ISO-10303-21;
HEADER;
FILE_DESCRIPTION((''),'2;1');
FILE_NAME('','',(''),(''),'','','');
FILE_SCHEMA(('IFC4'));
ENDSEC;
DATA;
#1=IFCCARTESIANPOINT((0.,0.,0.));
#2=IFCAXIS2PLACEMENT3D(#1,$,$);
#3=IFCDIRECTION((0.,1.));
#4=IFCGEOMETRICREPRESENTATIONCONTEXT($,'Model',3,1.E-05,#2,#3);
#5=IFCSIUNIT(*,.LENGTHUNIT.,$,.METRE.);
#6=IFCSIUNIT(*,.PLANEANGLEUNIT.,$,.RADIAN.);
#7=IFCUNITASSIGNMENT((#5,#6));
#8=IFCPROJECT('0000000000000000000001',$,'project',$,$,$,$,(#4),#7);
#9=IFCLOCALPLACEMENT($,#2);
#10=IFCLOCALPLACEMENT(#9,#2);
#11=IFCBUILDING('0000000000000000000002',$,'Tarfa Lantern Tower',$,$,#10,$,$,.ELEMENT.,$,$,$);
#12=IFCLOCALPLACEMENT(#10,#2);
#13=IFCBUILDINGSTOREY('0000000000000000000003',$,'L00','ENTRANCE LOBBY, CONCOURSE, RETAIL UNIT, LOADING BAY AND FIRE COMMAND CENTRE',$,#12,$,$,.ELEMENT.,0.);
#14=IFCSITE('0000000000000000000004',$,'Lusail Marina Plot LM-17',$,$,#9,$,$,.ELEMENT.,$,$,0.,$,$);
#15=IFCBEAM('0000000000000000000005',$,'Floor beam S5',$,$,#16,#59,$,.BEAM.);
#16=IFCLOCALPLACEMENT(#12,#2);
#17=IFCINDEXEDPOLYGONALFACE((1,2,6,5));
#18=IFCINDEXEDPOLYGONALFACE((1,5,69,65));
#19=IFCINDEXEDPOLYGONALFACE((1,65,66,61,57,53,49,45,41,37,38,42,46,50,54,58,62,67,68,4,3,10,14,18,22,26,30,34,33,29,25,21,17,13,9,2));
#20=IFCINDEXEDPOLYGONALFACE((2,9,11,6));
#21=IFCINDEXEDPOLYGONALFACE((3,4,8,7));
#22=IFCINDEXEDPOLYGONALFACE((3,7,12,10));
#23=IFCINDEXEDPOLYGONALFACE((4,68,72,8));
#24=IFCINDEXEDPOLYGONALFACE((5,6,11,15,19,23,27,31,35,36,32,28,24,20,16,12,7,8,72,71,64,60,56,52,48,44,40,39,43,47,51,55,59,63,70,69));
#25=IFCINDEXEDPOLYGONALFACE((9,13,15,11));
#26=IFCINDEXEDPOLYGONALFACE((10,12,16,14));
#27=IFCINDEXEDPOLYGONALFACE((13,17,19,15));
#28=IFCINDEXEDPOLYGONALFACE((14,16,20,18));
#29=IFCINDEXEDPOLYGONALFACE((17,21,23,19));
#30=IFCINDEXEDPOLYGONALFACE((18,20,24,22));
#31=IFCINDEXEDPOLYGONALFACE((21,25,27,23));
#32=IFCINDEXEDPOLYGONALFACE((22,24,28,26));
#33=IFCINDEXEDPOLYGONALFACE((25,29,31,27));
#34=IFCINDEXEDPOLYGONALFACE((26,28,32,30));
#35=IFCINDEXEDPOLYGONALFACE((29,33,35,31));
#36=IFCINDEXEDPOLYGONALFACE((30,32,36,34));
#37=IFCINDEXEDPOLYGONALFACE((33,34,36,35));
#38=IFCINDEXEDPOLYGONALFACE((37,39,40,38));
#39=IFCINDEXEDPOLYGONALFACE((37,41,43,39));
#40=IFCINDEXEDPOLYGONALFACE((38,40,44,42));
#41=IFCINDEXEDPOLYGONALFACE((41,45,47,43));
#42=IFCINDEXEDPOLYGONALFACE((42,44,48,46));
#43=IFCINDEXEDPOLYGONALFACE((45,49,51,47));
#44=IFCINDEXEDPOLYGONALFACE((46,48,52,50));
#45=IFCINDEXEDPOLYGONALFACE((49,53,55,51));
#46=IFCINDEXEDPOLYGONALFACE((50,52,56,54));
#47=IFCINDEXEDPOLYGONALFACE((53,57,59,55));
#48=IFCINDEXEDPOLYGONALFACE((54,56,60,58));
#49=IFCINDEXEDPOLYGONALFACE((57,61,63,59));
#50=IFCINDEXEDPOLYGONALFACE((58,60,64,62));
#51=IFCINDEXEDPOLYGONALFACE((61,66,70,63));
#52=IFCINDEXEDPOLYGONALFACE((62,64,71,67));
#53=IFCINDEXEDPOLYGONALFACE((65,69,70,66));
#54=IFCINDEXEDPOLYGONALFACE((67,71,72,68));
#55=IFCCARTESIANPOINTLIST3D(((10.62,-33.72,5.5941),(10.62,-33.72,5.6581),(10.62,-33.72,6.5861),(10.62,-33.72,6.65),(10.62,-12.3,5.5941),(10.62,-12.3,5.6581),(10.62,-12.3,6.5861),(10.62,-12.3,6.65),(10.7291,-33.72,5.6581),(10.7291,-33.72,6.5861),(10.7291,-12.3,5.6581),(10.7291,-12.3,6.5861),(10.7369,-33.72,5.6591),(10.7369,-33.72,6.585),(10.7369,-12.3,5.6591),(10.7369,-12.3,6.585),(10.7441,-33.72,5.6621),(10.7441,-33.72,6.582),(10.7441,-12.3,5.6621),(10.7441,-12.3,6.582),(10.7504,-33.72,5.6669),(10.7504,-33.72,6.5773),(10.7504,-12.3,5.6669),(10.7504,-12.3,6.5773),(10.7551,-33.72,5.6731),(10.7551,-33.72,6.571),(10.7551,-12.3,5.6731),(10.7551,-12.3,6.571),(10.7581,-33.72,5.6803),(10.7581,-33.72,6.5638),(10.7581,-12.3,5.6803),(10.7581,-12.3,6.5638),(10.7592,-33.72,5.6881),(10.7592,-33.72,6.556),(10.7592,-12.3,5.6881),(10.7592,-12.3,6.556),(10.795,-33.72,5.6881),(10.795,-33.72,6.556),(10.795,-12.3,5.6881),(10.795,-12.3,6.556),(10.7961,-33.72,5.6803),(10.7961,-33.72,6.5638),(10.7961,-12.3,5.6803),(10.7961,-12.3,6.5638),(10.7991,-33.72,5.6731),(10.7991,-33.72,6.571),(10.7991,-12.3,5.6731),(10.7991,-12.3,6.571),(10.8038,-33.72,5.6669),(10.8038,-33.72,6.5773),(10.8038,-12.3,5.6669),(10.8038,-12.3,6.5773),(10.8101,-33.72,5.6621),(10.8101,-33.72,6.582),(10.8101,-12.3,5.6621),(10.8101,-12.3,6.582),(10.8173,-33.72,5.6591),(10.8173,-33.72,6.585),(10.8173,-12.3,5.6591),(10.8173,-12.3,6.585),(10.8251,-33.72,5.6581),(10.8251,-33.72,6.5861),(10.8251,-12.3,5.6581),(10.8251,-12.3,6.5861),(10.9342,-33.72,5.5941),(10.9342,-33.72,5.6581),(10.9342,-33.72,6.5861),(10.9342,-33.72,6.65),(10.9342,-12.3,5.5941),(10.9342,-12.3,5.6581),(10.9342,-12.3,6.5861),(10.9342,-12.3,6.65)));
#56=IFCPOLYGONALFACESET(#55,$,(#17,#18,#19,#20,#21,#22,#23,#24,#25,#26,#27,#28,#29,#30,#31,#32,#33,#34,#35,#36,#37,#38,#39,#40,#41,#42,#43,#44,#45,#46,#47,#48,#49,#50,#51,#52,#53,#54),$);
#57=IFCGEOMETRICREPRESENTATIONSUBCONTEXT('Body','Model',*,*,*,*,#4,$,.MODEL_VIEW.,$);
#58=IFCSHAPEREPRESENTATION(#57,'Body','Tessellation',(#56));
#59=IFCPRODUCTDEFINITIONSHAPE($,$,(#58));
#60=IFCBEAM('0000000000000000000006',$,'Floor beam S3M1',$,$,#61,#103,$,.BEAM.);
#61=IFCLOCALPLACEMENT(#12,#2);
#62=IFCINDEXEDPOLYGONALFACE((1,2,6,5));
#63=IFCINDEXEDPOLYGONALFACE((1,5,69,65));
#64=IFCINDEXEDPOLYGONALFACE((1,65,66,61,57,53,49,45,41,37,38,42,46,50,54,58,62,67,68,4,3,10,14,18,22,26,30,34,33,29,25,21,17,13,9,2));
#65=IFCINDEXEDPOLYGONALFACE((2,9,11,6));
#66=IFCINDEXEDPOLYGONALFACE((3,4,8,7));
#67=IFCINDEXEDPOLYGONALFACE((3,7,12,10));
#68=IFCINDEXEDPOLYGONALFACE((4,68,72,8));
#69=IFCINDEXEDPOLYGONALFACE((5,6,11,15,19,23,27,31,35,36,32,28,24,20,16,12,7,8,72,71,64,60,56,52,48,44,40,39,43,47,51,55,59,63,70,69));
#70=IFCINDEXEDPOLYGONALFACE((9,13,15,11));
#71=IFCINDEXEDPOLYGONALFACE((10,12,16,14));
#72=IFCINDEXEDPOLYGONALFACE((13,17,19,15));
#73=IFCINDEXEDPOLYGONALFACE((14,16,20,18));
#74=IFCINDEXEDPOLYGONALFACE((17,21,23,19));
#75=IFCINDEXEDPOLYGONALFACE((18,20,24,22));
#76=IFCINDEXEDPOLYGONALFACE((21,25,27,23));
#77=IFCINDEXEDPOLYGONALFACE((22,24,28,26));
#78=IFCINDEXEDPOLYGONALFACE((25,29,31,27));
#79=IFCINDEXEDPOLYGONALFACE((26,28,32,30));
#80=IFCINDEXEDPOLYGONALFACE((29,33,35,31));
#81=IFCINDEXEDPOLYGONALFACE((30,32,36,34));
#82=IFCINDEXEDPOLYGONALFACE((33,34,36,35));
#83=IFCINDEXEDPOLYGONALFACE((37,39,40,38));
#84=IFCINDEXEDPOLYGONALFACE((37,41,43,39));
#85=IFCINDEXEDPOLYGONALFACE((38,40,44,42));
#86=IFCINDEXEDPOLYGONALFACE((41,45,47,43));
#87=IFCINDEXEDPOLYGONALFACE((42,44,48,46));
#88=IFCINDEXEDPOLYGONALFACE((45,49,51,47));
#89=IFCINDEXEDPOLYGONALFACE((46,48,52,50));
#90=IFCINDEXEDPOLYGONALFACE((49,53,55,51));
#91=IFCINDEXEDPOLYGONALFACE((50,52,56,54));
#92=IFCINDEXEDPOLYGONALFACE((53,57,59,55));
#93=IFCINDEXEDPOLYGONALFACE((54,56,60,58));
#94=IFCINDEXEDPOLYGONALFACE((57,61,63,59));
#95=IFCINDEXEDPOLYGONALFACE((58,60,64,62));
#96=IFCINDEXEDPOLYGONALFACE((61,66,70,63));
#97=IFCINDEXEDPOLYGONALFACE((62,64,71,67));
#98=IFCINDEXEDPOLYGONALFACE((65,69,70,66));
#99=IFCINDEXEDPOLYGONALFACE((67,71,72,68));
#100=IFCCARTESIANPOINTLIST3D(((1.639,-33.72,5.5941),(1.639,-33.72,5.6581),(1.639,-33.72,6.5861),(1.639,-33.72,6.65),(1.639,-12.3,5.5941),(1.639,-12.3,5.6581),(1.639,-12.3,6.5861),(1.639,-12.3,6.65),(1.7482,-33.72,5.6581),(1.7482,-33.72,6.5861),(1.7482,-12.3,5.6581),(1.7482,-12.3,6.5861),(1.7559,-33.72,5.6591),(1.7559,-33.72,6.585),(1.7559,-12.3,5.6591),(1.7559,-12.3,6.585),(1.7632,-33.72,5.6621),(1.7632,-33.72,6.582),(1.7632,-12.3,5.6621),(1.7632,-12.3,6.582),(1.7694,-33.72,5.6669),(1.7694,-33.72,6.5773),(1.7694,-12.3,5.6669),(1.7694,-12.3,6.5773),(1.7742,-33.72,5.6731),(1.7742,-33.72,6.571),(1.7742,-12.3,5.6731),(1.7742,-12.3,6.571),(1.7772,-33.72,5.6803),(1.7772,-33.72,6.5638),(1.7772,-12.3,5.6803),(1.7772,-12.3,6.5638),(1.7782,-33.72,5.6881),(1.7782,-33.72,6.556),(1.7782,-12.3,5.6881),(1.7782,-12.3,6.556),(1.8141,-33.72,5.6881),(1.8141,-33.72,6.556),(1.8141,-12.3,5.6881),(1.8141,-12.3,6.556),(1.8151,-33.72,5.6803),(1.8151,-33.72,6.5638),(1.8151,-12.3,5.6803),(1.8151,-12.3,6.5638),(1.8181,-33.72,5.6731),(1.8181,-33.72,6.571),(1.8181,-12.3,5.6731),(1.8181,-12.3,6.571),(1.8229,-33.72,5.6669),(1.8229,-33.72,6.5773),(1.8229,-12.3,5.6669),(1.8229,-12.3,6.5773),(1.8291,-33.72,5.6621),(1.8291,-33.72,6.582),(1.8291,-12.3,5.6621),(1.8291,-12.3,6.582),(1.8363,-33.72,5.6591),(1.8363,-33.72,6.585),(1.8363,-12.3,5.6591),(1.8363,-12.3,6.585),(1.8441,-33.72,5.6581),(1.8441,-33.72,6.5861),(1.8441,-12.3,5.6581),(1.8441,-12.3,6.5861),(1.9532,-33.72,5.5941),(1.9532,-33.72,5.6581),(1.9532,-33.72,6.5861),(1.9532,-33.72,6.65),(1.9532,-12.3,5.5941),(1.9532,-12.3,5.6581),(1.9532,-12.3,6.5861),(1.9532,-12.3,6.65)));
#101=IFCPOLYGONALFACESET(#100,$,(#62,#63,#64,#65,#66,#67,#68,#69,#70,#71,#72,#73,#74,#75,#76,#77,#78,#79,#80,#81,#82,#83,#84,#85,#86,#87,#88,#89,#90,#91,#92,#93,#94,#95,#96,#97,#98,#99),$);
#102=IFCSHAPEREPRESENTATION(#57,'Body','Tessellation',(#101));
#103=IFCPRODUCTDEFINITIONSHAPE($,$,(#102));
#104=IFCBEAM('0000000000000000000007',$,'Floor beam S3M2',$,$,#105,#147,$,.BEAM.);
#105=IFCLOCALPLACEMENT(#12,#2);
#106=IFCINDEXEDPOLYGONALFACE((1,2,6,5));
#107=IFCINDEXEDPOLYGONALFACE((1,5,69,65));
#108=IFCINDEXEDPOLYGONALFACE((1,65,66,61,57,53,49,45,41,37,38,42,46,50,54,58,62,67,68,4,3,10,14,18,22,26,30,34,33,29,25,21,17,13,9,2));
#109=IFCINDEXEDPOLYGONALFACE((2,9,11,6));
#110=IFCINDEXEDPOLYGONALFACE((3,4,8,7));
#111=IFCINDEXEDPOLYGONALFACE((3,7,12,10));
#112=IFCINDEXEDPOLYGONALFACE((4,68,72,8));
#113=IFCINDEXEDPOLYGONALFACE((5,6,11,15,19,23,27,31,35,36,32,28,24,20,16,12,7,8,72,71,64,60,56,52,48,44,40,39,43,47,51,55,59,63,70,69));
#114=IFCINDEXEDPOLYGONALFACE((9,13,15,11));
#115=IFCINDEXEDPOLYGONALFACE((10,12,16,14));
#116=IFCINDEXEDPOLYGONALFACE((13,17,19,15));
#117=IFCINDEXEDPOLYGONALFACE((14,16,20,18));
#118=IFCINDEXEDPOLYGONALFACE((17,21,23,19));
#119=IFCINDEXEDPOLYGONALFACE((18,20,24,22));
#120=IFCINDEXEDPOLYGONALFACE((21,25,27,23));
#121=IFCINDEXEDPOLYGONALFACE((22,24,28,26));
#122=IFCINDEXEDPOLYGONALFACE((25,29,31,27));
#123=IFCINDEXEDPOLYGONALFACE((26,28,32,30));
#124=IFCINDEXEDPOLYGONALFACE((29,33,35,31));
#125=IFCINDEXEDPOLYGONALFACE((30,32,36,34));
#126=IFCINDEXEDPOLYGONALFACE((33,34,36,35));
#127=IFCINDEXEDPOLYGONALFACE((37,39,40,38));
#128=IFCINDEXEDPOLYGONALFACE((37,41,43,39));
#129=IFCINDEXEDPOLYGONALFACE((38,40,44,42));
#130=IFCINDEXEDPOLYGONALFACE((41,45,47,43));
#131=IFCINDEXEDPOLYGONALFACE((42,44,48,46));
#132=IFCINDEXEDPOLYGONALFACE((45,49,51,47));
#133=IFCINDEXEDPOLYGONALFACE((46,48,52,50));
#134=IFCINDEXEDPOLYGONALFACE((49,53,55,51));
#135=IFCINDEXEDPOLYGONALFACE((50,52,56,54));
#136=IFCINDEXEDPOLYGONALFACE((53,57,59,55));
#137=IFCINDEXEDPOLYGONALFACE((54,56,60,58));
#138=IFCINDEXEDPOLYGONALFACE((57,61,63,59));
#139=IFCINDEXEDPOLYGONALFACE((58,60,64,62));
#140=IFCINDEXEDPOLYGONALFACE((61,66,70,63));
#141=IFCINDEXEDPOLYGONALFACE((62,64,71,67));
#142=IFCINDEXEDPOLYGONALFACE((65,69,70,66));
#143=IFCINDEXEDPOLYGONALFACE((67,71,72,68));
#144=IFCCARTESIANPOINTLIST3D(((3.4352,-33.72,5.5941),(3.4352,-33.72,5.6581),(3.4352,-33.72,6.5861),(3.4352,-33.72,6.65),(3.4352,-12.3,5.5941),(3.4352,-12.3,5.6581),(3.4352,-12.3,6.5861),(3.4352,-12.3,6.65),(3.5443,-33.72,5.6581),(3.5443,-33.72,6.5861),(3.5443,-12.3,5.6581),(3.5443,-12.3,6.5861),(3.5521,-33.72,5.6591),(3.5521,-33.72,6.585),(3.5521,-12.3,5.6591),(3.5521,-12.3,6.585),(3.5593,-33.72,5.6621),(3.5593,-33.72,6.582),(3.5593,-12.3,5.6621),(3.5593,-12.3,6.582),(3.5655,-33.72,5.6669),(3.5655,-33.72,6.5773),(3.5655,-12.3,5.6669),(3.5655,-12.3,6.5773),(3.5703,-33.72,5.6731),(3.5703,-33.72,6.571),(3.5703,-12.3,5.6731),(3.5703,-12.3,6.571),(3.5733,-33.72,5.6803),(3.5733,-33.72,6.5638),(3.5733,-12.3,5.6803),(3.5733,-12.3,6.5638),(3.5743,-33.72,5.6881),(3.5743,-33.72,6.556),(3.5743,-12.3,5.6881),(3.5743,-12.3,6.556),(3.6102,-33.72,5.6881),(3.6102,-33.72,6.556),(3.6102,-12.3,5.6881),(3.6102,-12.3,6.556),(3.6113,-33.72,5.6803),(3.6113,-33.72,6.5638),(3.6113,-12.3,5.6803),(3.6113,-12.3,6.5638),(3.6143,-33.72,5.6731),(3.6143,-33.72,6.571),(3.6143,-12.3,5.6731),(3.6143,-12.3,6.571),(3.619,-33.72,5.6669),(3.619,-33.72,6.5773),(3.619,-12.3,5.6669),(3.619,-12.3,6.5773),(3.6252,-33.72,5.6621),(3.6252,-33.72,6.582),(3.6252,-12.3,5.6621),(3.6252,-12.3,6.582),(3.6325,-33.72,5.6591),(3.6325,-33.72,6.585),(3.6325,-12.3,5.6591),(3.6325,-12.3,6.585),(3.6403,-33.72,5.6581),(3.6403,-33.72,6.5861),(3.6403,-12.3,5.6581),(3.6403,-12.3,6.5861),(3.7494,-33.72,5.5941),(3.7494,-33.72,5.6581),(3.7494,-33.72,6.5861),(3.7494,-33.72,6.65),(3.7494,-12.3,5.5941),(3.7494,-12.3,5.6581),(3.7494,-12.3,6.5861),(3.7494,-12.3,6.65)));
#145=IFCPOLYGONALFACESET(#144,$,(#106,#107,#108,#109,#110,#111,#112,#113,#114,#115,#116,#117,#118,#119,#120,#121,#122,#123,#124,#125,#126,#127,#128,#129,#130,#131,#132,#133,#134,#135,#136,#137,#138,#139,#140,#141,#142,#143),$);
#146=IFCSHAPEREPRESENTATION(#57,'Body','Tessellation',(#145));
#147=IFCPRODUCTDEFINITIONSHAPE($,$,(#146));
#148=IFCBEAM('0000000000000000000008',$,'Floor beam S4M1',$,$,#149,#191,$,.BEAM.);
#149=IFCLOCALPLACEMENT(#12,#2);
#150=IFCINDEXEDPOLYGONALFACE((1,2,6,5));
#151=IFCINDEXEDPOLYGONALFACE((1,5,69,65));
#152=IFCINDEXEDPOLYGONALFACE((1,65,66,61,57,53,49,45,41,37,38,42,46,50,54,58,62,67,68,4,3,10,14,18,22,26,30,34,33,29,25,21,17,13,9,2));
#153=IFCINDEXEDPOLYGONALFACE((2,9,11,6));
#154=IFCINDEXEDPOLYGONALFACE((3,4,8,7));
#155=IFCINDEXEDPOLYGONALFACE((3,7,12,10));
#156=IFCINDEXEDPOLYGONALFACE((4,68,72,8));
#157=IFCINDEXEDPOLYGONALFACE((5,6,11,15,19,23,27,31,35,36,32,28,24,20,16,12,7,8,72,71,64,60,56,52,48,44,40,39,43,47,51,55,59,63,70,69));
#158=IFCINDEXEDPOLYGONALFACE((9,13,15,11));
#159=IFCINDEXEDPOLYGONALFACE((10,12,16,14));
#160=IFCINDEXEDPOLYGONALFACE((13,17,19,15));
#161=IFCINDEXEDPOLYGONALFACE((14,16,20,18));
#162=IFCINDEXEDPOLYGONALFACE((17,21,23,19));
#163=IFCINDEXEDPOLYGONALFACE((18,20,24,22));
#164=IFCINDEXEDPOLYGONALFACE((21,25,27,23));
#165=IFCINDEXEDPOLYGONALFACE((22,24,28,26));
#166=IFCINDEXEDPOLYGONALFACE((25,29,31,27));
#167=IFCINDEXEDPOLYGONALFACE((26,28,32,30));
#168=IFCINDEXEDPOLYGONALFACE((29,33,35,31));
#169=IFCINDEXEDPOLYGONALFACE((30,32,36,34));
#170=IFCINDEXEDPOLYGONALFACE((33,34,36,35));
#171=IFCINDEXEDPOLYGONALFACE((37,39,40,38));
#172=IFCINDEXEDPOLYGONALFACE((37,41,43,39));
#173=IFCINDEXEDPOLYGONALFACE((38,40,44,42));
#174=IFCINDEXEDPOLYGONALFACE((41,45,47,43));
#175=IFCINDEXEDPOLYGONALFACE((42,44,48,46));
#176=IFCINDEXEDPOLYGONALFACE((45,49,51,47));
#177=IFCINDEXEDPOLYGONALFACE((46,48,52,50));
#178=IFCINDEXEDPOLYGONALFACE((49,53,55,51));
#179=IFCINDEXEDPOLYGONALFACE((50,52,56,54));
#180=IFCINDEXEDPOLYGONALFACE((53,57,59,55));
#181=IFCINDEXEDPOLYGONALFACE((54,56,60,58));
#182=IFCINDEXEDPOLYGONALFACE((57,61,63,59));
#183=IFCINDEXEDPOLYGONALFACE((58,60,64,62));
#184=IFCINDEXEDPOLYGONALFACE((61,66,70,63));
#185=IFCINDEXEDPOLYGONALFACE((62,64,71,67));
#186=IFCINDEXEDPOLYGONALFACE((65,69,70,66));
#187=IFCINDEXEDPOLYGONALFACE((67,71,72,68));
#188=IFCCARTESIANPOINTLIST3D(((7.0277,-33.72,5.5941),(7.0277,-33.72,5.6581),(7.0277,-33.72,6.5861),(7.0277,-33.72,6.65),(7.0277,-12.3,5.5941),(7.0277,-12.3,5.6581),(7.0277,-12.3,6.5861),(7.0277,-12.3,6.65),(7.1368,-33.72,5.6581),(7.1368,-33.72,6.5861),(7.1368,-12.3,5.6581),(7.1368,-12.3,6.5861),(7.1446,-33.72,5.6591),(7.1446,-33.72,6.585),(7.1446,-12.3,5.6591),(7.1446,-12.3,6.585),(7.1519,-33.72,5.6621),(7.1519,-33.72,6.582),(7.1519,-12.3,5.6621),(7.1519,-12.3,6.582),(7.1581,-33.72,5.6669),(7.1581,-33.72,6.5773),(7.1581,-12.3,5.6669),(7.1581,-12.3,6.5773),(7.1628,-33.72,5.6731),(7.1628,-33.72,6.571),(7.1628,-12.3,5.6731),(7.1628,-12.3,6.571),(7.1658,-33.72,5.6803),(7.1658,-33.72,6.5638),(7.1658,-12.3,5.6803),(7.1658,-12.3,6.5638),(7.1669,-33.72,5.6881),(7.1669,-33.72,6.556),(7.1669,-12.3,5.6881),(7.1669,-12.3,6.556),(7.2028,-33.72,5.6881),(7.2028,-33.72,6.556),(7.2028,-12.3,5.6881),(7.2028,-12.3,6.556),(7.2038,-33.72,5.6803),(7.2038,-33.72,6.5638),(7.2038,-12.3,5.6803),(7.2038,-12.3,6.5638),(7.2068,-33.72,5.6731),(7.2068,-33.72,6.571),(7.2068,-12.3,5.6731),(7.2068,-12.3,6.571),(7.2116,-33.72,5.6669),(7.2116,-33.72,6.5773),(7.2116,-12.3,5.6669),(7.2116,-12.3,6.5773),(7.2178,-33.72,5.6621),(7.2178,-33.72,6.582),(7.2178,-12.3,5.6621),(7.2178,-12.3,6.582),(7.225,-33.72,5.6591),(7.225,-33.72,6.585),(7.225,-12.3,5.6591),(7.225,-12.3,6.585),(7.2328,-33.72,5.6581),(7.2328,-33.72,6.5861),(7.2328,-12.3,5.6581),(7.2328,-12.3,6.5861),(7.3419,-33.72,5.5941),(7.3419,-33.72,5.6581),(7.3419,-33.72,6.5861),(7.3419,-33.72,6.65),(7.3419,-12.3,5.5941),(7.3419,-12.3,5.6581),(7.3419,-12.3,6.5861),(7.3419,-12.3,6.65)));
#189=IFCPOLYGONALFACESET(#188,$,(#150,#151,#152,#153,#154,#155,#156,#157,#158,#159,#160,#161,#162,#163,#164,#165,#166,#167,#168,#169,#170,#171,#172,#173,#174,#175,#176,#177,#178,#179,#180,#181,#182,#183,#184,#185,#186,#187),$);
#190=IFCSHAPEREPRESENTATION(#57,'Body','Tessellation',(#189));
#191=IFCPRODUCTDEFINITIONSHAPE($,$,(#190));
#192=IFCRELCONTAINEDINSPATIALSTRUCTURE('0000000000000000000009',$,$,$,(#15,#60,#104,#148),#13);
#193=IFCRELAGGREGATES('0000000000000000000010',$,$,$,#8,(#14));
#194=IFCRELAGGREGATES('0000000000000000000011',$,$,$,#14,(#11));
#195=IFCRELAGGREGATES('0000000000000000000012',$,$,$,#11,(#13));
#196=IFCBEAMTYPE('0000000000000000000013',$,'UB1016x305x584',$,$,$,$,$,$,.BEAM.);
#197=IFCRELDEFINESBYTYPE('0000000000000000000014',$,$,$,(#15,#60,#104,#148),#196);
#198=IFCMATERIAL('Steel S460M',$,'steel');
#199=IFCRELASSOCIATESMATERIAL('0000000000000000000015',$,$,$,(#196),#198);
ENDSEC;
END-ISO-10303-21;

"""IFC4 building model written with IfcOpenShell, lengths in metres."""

from ifc_helpers import new_model, si_unit, direction, frame, origin, origin_2d, place, context, subcontext, project, spatial, i_section, extrude, material, material_profile, profile_set, type_object, element, save


model = new_model("IFC4")

# Units and contexts
model_context = context("Model", 3, precision=1e-05, world=origin(), true_north=direction((0.0, 1.0)))
body_context = subcontext(model_context, "Body", "Model", "MODEL_VIEW")
ifc_project = project(units=[si_unit("LENGTHUNIT", "METRE"), si_unit("PLANEANGLEUNIT", "RADIAN")], contexts=[model_context])

# Site, building, storey
site_placement = place(None, origin())
site = spatial("IfcSite", under=ifc_project, at=site_placement, Name="Lusail Marina Plot LM-17", CompositionType="ELEMENT", RefElevation=0.0)
building_placement = place(site_placement, origin())
building = spatial("IfcBuilding", under=site, at=building_placement, Name="Tarfa Lantern Tower", CompositionType="ELEMENT")
storey_placement = place(building_placement, origin())
storey = spatial("IfcBuildingStorey", under=building, at=storey_placement, Name="L00", Description="ENTRANCE LOBBY, CONCOURSE, RETAIL UNIT, LOADING BAY AND FIRE COMMAND CENTRE", CompositionType="ELEMENT", Elevation=0.0)

# Beams
ifc_material_1 = material(Name="Steel S460M", Category="steel")
ifc_material_profile_1 = material_profile(ifc_material_1, i_section(OverallWidth=0.3142, OverallDepth=1.0559, WebThickness=0.0359, FlangeThickness=0.064, FilletRadius=0.03, at=origin_2d()), Name="UB1016x305x584")
ifc_profile_set_1 = profile_set([ifc_material_profile_1], Name="Steel S460M")
beam_type_1 = type_object("IfcBeamType", Name="UB1016x305x584", PredefinedType="BEAM", material=ifc_profile_set_1)
for number, where, z_axis, x_axis, name in (
    (1, (10.7771, -33.72, 6.1221), (0.0, 1.0, 0.0), (-1.0, 0.0, 0.0), "Floor beam S5"),
    (2, (1.7961, -33.72, 6.1221), (0.0, 1.0, 0.0), (-1.0, 0.0, 0.0), "Floor beam S3M1"),
    (3, (3.5923, -33.72, 6.1221), (0.0, 1.0, 0.0), (-1.0, 0.0, 0.0), "Floor beam S3M2"),
    (4, (7.1848, -33.72, 6.1221), (0.0, 1.0, 0.0), (-1.0, 0.0, 0.0), "Floor beam S4M1"),
):
    element("IfcBeam", number, at=place(storey_placement, frame(where, z_axis=z_axis, x_axis=x_axis)), inside=storey, type_object=beam_type_1, Name=name, PredefinedType="BEAM", context=body_context, shape_type="SweptSolid", body=[
        extrude(i_section(OverallWidth=0.3142, OverallDepth=1.0559, WebThickness=0.0359, FlangeThickness=0.064, FilletRadius=0.03, at=origin_2d()), origin(), (0.0, 0.0, 1.0), 21.4199),
    ])

save(model, "model.ifc")
